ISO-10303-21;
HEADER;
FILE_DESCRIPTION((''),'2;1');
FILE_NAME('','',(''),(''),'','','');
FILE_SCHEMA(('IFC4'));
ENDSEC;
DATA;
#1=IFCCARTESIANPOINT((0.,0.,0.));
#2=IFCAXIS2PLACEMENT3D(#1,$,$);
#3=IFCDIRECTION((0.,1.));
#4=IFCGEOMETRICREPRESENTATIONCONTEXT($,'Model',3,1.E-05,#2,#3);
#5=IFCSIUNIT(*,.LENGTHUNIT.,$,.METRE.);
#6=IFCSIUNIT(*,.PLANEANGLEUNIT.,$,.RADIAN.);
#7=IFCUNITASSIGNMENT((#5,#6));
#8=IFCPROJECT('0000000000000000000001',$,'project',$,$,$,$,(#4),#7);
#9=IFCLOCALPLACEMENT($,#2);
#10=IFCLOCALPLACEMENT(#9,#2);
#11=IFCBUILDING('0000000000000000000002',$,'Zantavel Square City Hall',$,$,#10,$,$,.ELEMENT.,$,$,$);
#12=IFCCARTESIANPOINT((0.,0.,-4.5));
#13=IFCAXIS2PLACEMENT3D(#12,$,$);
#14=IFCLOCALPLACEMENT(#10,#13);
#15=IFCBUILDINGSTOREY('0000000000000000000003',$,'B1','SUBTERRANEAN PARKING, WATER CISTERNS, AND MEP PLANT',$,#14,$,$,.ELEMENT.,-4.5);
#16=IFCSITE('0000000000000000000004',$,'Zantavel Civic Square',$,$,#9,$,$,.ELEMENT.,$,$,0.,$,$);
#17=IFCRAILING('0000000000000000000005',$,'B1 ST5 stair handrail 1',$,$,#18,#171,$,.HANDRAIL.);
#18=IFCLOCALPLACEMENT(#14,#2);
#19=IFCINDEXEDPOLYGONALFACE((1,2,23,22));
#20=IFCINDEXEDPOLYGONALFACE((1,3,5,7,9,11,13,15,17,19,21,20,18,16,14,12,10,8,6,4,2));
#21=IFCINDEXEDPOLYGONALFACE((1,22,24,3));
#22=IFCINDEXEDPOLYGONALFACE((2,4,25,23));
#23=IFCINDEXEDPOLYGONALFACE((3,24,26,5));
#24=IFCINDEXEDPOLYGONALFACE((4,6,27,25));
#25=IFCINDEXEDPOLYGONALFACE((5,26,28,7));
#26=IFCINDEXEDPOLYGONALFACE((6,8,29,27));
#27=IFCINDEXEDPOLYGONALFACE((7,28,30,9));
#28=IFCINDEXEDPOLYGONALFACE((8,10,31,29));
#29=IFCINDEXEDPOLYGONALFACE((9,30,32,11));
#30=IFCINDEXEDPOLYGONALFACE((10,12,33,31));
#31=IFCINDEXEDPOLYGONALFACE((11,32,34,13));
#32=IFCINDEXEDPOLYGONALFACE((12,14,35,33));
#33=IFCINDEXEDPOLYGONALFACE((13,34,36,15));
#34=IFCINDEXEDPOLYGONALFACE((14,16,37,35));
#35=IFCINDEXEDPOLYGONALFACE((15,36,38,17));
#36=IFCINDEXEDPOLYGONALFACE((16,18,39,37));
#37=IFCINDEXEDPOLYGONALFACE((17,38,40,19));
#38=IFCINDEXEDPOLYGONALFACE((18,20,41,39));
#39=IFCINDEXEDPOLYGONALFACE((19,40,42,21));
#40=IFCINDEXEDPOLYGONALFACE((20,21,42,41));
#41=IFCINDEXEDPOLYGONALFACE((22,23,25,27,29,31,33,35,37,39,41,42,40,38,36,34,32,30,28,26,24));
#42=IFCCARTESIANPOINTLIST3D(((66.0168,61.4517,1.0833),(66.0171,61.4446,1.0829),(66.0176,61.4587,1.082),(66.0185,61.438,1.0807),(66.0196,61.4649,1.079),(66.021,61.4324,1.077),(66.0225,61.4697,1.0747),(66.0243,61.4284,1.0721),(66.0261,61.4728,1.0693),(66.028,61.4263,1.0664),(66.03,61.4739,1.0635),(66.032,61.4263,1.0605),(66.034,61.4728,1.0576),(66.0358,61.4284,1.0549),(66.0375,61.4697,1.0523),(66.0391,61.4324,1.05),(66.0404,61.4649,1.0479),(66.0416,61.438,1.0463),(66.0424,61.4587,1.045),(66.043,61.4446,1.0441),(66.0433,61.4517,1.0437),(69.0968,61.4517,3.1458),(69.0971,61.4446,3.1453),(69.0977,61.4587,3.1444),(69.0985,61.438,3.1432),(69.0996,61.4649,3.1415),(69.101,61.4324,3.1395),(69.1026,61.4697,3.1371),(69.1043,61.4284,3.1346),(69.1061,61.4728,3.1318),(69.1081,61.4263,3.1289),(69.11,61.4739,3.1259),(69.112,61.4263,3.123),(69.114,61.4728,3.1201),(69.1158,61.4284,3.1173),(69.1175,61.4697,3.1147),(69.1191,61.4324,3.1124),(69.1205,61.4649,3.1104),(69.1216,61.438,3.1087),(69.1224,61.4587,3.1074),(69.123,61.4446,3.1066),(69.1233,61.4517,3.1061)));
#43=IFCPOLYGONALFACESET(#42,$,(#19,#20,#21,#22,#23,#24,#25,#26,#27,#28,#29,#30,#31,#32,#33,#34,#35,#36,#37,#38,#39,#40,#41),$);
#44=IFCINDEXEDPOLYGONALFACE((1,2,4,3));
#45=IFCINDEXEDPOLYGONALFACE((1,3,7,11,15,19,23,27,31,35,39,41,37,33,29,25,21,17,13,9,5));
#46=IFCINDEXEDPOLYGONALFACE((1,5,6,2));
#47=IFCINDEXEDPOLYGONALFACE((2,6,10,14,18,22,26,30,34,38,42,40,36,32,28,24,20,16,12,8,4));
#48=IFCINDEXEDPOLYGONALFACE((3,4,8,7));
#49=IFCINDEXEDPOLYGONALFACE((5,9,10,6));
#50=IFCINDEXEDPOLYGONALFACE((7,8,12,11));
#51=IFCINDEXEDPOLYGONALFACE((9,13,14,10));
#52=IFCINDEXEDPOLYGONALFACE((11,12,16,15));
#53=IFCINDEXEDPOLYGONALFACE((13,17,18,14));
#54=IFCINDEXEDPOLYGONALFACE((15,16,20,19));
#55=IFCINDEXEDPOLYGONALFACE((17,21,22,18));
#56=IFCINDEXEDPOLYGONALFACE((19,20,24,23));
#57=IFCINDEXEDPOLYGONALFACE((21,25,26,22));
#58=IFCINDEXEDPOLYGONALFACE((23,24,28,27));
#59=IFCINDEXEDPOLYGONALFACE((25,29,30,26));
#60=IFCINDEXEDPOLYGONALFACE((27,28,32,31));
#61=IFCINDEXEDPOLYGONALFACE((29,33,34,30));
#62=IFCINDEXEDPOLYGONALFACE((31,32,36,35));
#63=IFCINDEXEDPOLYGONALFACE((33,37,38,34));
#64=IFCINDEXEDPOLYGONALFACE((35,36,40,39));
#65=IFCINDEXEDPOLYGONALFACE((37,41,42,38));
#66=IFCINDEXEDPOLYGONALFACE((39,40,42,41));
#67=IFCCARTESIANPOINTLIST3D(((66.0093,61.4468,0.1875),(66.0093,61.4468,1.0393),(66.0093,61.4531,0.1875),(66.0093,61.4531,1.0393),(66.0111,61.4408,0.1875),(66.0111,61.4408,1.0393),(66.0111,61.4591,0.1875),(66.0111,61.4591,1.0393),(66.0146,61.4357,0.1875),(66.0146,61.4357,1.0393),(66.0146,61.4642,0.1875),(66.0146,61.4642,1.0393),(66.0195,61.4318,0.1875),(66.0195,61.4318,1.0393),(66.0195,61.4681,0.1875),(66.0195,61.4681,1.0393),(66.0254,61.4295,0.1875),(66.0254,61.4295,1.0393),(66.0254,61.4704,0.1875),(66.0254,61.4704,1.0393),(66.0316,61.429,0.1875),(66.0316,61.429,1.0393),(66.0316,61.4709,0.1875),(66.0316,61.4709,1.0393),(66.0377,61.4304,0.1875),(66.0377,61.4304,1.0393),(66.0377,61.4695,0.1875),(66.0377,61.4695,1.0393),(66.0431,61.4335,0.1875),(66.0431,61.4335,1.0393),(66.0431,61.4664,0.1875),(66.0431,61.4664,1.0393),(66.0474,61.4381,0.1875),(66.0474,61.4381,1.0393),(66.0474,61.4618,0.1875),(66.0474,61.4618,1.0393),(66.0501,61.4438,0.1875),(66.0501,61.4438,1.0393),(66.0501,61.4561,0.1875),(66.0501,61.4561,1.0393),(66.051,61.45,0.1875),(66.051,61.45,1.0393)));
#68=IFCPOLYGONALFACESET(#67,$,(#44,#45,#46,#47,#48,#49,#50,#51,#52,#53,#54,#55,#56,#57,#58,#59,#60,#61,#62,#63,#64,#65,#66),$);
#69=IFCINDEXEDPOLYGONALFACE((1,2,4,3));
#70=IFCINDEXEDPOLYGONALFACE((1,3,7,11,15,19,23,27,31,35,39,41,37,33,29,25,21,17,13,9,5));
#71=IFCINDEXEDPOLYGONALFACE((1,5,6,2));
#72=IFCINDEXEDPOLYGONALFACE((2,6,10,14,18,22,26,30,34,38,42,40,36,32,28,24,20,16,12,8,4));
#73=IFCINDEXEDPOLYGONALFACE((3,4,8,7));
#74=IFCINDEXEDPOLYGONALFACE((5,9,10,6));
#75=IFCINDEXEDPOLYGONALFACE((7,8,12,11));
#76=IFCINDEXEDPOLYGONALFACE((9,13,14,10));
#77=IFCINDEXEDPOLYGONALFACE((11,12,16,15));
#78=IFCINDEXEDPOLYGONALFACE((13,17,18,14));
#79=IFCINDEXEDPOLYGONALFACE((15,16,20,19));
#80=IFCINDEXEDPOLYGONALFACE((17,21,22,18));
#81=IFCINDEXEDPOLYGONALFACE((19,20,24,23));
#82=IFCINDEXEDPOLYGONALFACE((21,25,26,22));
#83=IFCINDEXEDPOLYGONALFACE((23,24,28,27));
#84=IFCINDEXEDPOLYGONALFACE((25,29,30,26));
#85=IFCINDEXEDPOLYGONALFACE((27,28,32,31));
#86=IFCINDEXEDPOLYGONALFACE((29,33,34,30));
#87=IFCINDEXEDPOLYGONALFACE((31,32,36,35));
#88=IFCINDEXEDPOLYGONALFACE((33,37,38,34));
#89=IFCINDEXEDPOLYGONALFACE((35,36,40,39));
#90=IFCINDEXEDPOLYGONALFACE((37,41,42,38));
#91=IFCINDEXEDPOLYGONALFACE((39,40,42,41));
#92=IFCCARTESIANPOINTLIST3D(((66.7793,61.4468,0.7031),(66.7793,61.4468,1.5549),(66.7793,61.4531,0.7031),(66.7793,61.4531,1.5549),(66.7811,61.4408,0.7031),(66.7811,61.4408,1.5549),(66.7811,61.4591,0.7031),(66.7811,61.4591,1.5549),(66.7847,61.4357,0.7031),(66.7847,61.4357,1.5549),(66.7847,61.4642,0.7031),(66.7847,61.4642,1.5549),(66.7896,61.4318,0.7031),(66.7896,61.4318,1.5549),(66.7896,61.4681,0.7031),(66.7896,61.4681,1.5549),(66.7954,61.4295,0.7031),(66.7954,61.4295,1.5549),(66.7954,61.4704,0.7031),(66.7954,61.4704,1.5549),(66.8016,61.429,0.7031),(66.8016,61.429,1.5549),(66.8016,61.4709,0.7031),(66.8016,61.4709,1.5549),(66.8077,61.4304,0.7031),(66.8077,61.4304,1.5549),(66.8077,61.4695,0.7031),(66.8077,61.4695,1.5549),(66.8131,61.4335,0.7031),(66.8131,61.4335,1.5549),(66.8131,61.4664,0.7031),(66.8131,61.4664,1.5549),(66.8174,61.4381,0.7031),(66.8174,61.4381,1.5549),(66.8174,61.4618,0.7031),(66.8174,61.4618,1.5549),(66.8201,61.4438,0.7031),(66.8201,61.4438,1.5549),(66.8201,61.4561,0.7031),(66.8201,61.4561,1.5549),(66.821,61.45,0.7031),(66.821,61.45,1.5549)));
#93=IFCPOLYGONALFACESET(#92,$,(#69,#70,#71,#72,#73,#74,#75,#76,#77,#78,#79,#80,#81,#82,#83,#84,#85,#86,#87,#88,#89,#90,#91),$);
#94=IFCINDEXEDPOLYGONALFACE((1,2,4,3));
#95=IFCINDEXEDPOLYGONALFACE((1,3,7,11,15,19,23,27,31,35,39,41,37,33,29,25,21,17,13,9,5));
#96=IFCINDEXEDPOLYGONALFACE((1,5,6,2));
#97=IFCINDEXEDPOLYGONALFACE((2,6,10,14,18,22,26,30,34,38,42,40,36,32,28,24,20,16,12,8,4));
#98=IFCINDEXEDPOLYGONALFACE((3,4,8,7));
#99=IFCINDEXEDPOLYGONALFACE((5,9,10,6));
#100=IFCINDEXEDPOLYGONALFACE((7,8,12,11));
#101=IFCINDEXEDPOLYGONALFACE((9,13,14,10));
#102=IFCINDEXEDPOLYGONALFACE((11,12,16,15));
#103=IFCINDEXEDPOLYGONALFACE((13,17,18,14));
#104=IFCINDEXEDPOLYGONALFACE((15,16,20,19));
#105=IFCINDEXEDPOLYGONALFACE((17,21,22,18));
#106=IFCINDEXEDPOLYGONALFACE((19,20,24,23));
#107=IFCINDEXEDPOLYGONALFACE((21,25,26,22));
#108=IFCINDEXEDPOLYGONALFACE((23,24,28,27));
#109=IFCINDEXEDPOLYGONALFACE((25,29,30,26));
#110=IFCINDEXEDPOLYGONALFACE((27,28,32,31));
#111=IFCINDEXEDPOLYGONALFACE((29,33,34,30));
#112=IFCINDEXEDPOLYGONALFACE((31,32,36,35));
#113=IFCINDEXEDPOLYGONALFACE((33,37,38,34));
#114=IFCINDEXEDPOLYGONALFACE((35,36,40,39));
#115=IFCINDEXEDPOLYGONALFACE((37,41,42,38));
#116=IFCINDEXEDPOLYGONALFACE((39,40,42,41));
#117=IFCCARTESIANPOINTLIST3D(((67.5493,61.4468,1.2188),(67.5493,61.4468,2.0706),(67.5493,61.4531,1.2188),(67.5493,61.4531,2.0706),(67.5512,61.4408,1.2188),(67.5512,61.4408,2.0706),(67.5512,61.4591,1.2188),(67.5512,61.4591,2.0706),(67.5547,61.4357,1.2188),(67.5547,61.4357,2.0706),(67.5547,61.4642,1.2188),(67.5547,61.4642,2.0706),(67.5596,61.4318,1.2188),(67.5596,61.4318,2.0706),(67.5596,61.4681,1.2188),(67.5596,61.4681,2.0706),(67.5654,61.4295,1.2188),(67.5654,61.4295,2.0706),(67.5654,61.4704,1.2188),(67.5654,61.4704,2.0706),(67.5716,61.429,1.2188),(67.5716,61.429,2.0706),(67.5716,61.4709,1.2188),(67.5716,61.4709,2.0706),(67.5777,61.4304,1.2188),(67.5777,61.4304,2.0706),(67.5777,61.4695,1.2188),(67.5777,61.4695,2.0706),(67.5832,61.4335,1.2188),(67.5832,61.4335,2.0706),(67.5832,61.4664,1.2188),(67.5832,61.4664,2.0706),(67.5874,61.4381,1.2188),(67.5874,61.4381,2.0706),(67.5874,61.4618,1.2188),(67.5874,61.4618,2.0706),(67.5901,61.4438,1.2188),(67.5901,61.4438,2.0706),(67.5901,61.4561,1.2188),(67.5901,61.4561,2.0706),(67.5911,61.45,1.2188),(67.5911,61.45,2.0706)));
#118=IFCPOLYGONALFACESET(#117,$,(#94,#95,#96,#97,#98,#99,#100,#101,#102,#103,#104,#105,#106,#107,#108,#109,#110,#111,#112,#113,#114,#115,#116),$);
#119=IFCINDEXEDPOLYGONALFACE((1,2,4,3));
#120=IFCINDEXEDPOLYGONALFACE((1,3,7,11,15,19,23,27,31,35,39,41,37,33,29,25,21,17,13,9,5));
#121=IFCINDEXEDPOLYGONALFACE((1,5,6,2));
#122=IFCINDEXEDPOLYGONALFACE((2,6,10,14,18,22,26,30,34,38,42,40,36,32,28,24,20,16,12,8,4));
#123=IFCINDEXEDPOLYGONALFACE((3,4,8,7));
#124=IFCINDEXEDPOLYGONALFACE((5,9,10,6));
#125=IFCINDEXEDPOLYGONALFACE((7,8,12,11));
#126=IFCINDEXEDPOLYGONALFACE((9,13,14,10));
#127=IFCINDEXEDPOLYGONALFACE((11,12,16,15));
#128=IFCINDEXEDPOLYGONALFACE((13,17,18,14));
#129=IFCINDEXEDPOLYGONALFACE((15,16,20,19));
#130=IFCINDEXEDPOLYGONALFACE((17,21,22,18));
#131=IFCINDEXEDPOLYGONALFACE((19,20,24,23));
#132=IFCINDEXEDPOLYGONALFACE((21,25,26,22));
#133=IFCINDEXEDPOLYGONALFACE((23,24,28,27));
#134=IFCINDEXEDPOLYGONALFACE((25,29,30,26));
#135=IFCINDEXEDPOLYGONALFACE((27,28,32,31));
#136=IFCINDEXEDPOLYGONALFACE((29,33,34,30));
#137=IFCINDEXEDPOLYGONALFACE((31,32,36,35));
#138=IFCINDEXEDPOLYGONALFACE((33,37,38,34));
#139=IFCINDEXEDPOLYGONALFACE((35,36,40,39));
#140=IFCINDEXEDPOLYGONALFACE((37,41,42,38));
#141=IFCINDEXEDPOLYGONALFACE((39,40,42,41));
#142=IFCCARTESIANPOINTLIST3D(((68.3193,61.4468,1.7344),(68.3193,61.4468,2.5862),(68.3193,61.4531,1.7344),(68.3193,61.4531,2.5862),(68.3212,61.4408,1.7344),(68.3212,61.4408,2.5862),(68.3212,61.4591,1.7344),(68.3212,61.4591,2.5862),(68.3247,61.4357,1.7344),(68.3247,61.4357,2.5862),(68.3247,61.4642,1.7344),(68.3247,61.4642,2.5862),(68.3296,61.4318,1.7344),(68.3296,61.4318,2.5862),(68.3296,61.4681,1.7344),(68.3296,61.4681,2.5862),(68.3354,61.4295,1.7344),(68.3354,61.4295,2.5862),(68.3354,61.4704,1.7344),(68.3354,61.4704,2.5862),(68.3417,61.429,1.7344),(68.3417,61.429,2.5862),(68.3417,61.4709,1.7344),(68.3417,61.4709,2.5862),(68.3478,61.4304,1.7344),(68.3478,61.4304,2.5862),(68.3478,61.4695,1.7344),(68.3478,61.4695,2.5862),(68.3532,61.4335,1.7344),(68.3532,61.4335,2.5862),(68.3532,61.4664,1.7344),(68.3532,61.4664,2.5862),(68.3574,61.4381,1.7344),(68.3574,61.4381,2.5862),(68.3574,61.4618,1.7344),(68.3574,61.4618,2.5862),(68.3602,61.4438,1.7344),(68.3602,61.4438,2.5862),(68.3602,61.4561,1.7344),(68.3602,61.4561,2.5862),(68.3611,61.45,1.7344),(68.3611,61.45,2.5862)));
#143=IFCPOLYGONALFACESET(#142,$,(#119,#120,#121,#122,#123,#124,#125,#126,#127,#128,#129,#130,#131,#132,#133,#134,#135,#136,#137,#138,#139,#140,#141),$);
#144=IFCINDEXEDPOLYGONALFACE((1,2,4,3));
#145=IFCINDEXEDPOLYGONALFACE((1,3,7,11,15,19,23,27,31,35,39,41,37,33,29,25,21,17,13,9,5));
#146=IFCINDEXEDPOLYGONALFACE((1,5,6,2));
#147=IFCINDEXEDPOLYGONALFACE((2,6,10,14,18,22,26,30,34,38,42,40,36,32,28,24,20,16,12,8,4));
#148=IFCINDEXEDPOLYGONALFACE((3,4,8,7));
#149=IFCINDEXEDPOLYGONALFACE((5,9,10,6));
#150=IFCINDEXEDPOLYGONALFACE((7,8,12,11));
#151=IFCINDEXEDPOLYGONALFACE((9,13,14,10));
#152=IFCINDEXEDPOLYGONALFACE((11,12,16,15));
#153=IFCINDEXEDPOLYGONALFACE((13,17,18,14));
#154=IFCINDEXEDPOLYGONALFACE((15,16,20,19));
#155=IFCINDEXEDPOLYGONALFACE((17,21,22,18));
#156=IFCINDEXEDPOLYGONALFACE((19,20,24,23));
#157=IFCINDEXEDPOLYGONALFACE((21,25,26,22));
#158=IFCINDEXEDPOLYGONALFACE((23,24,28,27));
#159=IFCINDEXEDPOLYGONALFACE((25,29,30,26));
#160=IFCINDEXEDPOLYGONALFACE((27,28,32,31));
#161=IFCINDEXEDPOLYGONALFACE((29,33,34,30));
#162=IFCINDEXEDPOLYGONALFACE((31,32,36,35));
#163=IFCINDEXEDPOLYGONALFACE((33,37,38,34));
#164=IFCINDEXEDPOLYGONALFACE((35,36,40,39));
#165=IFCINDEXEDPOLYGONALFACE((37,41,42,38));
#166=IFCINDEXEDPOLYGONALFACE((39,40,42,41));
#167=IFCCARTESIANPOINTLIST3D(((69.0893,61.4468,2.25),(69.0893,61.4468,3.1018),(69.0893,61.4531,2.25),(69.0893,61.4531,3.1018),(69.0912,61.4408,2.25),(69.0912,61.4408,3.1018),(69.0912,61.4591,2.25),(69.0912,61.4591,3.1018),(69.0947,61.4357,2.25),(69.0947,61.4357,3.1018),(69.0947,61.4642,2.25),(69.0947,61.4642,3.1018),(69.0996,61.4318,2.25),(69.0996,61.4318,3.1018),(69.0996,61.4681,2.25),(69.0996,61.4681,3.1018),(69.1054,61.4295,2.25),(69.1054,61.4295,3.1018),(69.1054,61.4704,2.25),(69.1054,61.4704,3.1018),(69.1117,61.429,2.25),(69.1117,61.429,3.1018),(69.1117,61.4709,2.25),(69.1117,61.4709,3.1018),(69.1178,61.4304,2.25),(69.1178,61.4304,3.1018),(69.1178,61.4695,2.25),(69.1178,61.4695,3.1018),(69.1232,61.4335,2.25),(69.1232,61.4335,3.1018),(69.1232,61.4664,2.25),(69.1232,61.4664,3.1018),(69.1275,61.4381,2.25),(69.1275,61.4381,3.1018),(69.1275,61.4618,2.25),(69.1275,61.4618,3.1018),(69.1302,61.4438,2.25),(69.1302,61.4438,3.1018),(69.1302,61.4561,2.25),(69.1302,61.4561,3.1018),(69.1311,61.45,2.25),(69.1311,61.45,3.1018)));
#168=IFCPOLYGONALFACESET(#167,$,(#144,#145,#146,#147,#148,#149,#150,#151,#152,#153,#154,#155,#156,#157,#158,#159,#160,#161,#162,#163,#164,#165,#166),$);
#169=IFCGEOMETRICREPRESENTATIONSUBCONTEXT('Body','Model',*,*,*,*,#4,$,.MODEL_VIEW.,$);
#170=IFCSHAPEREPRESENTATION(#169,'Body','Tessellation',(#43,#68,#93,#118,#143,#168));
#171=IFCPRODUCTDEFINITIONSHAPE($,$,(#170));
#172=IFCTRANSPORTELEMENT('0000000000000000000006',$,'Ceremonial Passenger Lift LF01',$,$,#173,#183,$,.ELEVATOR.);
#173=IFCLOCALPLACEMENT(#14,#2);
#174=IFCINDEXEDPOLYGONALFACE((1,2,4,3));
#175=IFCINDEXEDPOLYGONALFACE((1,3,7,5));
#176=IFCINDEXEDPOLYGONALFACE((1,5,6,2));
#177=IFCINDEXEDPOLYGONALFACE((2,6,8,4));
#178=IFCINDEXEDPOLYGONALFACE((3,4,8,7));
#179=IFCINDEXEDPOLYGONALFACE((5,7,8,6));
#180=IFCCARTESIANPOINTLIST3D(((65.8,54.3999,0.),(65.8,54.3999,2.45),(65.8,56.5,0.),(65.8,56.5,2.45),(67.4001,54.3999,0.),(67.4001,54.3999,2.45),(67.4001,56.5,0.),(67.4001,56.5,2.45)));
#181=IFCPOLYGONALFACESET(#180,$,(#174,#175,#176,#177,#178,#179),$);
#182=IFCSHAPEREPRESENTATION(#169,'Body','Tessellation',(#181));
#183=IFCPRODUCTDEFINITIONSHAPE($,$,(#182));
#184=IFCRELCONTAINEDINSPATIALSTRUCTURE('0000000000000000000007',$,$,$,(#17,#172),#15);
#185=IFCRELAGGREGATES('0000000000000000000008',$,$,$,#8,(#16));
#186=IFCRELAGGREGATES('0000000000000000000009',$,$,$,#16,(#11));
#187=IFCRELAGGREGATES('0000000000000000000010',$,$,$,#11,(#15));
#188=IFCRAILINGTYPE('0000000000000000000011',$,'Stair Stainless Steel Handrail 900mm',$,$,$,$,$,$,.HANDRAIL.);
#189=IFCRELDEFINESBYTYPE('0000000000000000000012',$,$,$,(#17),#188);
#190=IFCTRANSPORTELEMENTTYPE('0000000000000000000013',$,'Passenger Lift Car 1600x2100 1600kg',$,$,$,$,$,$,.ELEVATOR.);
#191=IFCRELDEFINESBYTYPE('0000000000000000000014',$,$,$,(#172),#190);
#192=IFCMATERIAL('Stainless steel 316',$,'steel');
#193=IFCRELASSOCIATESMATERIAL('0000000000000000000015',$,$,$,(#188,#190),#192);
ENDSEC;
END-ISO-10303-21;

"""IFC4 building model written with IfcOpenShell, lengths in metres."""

from ifc_helpers import new_model, si_unit, direction, frame, origin, origin_2d, place, context, subcontext, project, spatial, rectangle, circle, extrude, material, type_object, element, save


model = new_model("IFC4")

# Units and contexts
model_context = context("Model", 3, precision=1e-05, world=origin(), true_north=direction((0.0, 1.0)))
body_context = subcontext(model_context, "Body", "Model", "MODEL_VIEW")
ifc_project = project(units=[si_unit("LENGTHUNIT", "METRE"), si_unit("PLANEANGLEUNIT", "RADIAN")], contexts=[model_context])

# Site, building, storey
site_placement = place(None, origin())
site = spatial("IfcSite", under=ifc_project, at=site_placement, Name="Zantavel Civic Square", CompositionType="ELEMENT", RefElevation=0.0)
building_placement = place(site_placement, origin())
building = spatial("IfcBuilding", under=site, at=building_placement, Name="Zantavel Square City Hall", CompositionType="ELEMENT")
storey_placement = place(building_placement, frame((0.0, 0.0, -4.5)))
storey = spatial("IfcBuildingStorey", under=building, at=storey_placement, Name="B1", Description="SUBTERRANEAN PARKING, WATER CISTERNS, AND MEP PLANT", CompositionType="ELEMENT", Elevation=-4.5)

# Railing
ifc_material_1 = material(Name="Stainless steel 316", Category="steel")
railing_type_1 = type_object("IfcRailingType", Name="Stair Stainless Steel Handrail 900mm", PredefinedType="HANDRAIL", material=ifc_material_1)
railing_1_placement = place(storey_placement, frame((66.03, 61.45, 0.1875)))
element("IfcRailing", 1, at=railing_1_placement, inside=storey, type_object=railing_type_1, Name="B1 ST5 stair handrail 1", PredefinedType="HANDRAIL", context=body_context, shape_type="SweptSolid", body=[
    extrude(circle(Radius=0.0239, at=origin_2d()), frame((0.0, 0.0, 0.876), z_axis=(0.830914, 0.0, 0.556401), x_axis=(0.0, 1.0, 0.0)), (0.0, 0.0, 1.0), 3.7068),
    extrude(circle(Radius=0.021, at=origin_2d()), origin(), (0.0, 0.0, 1.0), 0.8518),
    extrude(circle(Radius=0.021, at=origin_2d()), frame((0.77, 0.0, 0.5156)), (0.0, 0.0, 1.0), 0.8518),
    extrude(circle(Radius=0.021, at=origin_2d()), frame((1.54, 0.0, 1.0312)), (0.0, 0.0, 1.0), 0.8518),
    extrude(circle(Radius=0.021, at=origin_2d()), frame((2.3101, 0.0, 1.5469)), (0.0, 0.0, 1.0), 0.8518),
    extrude(circle(Radius=0.021, at=origin_2d()), frame((3.0801, 0.0, 2.0625)), (0.0, 0.0, 1.0), 0.8518),
])

# Transport element
transport_element_type = type_object("IfcTransportElementType", Name="Passenger Lift Car 1600x2100 1600kg", PredefinedType="ELEVATOR", material=ifc_material_1)
transport_element_placement = place(storey_placement, frame((66.6001, 55.45, 0.0), z_axis=(0.0, 0.0, 1.0), x_axis=(1.0, 0.0, 0.0)))
element("IfcTransportElement", 2, at=transport_element_placement, inside=storey, type_object=transport_element_type, Name="Ceremonial Passenger Lift LF01", PredefinedType="ELEVATOR", context=body_context, shape_type="SweptSolid", body=[
    extrude(rectangle(XDim=1.6001, YDim=2.1001, at=origin_2d()), origin(), (0.0, 0.0, 1.0), 2.45),
])

save(model, "model.ifc")
